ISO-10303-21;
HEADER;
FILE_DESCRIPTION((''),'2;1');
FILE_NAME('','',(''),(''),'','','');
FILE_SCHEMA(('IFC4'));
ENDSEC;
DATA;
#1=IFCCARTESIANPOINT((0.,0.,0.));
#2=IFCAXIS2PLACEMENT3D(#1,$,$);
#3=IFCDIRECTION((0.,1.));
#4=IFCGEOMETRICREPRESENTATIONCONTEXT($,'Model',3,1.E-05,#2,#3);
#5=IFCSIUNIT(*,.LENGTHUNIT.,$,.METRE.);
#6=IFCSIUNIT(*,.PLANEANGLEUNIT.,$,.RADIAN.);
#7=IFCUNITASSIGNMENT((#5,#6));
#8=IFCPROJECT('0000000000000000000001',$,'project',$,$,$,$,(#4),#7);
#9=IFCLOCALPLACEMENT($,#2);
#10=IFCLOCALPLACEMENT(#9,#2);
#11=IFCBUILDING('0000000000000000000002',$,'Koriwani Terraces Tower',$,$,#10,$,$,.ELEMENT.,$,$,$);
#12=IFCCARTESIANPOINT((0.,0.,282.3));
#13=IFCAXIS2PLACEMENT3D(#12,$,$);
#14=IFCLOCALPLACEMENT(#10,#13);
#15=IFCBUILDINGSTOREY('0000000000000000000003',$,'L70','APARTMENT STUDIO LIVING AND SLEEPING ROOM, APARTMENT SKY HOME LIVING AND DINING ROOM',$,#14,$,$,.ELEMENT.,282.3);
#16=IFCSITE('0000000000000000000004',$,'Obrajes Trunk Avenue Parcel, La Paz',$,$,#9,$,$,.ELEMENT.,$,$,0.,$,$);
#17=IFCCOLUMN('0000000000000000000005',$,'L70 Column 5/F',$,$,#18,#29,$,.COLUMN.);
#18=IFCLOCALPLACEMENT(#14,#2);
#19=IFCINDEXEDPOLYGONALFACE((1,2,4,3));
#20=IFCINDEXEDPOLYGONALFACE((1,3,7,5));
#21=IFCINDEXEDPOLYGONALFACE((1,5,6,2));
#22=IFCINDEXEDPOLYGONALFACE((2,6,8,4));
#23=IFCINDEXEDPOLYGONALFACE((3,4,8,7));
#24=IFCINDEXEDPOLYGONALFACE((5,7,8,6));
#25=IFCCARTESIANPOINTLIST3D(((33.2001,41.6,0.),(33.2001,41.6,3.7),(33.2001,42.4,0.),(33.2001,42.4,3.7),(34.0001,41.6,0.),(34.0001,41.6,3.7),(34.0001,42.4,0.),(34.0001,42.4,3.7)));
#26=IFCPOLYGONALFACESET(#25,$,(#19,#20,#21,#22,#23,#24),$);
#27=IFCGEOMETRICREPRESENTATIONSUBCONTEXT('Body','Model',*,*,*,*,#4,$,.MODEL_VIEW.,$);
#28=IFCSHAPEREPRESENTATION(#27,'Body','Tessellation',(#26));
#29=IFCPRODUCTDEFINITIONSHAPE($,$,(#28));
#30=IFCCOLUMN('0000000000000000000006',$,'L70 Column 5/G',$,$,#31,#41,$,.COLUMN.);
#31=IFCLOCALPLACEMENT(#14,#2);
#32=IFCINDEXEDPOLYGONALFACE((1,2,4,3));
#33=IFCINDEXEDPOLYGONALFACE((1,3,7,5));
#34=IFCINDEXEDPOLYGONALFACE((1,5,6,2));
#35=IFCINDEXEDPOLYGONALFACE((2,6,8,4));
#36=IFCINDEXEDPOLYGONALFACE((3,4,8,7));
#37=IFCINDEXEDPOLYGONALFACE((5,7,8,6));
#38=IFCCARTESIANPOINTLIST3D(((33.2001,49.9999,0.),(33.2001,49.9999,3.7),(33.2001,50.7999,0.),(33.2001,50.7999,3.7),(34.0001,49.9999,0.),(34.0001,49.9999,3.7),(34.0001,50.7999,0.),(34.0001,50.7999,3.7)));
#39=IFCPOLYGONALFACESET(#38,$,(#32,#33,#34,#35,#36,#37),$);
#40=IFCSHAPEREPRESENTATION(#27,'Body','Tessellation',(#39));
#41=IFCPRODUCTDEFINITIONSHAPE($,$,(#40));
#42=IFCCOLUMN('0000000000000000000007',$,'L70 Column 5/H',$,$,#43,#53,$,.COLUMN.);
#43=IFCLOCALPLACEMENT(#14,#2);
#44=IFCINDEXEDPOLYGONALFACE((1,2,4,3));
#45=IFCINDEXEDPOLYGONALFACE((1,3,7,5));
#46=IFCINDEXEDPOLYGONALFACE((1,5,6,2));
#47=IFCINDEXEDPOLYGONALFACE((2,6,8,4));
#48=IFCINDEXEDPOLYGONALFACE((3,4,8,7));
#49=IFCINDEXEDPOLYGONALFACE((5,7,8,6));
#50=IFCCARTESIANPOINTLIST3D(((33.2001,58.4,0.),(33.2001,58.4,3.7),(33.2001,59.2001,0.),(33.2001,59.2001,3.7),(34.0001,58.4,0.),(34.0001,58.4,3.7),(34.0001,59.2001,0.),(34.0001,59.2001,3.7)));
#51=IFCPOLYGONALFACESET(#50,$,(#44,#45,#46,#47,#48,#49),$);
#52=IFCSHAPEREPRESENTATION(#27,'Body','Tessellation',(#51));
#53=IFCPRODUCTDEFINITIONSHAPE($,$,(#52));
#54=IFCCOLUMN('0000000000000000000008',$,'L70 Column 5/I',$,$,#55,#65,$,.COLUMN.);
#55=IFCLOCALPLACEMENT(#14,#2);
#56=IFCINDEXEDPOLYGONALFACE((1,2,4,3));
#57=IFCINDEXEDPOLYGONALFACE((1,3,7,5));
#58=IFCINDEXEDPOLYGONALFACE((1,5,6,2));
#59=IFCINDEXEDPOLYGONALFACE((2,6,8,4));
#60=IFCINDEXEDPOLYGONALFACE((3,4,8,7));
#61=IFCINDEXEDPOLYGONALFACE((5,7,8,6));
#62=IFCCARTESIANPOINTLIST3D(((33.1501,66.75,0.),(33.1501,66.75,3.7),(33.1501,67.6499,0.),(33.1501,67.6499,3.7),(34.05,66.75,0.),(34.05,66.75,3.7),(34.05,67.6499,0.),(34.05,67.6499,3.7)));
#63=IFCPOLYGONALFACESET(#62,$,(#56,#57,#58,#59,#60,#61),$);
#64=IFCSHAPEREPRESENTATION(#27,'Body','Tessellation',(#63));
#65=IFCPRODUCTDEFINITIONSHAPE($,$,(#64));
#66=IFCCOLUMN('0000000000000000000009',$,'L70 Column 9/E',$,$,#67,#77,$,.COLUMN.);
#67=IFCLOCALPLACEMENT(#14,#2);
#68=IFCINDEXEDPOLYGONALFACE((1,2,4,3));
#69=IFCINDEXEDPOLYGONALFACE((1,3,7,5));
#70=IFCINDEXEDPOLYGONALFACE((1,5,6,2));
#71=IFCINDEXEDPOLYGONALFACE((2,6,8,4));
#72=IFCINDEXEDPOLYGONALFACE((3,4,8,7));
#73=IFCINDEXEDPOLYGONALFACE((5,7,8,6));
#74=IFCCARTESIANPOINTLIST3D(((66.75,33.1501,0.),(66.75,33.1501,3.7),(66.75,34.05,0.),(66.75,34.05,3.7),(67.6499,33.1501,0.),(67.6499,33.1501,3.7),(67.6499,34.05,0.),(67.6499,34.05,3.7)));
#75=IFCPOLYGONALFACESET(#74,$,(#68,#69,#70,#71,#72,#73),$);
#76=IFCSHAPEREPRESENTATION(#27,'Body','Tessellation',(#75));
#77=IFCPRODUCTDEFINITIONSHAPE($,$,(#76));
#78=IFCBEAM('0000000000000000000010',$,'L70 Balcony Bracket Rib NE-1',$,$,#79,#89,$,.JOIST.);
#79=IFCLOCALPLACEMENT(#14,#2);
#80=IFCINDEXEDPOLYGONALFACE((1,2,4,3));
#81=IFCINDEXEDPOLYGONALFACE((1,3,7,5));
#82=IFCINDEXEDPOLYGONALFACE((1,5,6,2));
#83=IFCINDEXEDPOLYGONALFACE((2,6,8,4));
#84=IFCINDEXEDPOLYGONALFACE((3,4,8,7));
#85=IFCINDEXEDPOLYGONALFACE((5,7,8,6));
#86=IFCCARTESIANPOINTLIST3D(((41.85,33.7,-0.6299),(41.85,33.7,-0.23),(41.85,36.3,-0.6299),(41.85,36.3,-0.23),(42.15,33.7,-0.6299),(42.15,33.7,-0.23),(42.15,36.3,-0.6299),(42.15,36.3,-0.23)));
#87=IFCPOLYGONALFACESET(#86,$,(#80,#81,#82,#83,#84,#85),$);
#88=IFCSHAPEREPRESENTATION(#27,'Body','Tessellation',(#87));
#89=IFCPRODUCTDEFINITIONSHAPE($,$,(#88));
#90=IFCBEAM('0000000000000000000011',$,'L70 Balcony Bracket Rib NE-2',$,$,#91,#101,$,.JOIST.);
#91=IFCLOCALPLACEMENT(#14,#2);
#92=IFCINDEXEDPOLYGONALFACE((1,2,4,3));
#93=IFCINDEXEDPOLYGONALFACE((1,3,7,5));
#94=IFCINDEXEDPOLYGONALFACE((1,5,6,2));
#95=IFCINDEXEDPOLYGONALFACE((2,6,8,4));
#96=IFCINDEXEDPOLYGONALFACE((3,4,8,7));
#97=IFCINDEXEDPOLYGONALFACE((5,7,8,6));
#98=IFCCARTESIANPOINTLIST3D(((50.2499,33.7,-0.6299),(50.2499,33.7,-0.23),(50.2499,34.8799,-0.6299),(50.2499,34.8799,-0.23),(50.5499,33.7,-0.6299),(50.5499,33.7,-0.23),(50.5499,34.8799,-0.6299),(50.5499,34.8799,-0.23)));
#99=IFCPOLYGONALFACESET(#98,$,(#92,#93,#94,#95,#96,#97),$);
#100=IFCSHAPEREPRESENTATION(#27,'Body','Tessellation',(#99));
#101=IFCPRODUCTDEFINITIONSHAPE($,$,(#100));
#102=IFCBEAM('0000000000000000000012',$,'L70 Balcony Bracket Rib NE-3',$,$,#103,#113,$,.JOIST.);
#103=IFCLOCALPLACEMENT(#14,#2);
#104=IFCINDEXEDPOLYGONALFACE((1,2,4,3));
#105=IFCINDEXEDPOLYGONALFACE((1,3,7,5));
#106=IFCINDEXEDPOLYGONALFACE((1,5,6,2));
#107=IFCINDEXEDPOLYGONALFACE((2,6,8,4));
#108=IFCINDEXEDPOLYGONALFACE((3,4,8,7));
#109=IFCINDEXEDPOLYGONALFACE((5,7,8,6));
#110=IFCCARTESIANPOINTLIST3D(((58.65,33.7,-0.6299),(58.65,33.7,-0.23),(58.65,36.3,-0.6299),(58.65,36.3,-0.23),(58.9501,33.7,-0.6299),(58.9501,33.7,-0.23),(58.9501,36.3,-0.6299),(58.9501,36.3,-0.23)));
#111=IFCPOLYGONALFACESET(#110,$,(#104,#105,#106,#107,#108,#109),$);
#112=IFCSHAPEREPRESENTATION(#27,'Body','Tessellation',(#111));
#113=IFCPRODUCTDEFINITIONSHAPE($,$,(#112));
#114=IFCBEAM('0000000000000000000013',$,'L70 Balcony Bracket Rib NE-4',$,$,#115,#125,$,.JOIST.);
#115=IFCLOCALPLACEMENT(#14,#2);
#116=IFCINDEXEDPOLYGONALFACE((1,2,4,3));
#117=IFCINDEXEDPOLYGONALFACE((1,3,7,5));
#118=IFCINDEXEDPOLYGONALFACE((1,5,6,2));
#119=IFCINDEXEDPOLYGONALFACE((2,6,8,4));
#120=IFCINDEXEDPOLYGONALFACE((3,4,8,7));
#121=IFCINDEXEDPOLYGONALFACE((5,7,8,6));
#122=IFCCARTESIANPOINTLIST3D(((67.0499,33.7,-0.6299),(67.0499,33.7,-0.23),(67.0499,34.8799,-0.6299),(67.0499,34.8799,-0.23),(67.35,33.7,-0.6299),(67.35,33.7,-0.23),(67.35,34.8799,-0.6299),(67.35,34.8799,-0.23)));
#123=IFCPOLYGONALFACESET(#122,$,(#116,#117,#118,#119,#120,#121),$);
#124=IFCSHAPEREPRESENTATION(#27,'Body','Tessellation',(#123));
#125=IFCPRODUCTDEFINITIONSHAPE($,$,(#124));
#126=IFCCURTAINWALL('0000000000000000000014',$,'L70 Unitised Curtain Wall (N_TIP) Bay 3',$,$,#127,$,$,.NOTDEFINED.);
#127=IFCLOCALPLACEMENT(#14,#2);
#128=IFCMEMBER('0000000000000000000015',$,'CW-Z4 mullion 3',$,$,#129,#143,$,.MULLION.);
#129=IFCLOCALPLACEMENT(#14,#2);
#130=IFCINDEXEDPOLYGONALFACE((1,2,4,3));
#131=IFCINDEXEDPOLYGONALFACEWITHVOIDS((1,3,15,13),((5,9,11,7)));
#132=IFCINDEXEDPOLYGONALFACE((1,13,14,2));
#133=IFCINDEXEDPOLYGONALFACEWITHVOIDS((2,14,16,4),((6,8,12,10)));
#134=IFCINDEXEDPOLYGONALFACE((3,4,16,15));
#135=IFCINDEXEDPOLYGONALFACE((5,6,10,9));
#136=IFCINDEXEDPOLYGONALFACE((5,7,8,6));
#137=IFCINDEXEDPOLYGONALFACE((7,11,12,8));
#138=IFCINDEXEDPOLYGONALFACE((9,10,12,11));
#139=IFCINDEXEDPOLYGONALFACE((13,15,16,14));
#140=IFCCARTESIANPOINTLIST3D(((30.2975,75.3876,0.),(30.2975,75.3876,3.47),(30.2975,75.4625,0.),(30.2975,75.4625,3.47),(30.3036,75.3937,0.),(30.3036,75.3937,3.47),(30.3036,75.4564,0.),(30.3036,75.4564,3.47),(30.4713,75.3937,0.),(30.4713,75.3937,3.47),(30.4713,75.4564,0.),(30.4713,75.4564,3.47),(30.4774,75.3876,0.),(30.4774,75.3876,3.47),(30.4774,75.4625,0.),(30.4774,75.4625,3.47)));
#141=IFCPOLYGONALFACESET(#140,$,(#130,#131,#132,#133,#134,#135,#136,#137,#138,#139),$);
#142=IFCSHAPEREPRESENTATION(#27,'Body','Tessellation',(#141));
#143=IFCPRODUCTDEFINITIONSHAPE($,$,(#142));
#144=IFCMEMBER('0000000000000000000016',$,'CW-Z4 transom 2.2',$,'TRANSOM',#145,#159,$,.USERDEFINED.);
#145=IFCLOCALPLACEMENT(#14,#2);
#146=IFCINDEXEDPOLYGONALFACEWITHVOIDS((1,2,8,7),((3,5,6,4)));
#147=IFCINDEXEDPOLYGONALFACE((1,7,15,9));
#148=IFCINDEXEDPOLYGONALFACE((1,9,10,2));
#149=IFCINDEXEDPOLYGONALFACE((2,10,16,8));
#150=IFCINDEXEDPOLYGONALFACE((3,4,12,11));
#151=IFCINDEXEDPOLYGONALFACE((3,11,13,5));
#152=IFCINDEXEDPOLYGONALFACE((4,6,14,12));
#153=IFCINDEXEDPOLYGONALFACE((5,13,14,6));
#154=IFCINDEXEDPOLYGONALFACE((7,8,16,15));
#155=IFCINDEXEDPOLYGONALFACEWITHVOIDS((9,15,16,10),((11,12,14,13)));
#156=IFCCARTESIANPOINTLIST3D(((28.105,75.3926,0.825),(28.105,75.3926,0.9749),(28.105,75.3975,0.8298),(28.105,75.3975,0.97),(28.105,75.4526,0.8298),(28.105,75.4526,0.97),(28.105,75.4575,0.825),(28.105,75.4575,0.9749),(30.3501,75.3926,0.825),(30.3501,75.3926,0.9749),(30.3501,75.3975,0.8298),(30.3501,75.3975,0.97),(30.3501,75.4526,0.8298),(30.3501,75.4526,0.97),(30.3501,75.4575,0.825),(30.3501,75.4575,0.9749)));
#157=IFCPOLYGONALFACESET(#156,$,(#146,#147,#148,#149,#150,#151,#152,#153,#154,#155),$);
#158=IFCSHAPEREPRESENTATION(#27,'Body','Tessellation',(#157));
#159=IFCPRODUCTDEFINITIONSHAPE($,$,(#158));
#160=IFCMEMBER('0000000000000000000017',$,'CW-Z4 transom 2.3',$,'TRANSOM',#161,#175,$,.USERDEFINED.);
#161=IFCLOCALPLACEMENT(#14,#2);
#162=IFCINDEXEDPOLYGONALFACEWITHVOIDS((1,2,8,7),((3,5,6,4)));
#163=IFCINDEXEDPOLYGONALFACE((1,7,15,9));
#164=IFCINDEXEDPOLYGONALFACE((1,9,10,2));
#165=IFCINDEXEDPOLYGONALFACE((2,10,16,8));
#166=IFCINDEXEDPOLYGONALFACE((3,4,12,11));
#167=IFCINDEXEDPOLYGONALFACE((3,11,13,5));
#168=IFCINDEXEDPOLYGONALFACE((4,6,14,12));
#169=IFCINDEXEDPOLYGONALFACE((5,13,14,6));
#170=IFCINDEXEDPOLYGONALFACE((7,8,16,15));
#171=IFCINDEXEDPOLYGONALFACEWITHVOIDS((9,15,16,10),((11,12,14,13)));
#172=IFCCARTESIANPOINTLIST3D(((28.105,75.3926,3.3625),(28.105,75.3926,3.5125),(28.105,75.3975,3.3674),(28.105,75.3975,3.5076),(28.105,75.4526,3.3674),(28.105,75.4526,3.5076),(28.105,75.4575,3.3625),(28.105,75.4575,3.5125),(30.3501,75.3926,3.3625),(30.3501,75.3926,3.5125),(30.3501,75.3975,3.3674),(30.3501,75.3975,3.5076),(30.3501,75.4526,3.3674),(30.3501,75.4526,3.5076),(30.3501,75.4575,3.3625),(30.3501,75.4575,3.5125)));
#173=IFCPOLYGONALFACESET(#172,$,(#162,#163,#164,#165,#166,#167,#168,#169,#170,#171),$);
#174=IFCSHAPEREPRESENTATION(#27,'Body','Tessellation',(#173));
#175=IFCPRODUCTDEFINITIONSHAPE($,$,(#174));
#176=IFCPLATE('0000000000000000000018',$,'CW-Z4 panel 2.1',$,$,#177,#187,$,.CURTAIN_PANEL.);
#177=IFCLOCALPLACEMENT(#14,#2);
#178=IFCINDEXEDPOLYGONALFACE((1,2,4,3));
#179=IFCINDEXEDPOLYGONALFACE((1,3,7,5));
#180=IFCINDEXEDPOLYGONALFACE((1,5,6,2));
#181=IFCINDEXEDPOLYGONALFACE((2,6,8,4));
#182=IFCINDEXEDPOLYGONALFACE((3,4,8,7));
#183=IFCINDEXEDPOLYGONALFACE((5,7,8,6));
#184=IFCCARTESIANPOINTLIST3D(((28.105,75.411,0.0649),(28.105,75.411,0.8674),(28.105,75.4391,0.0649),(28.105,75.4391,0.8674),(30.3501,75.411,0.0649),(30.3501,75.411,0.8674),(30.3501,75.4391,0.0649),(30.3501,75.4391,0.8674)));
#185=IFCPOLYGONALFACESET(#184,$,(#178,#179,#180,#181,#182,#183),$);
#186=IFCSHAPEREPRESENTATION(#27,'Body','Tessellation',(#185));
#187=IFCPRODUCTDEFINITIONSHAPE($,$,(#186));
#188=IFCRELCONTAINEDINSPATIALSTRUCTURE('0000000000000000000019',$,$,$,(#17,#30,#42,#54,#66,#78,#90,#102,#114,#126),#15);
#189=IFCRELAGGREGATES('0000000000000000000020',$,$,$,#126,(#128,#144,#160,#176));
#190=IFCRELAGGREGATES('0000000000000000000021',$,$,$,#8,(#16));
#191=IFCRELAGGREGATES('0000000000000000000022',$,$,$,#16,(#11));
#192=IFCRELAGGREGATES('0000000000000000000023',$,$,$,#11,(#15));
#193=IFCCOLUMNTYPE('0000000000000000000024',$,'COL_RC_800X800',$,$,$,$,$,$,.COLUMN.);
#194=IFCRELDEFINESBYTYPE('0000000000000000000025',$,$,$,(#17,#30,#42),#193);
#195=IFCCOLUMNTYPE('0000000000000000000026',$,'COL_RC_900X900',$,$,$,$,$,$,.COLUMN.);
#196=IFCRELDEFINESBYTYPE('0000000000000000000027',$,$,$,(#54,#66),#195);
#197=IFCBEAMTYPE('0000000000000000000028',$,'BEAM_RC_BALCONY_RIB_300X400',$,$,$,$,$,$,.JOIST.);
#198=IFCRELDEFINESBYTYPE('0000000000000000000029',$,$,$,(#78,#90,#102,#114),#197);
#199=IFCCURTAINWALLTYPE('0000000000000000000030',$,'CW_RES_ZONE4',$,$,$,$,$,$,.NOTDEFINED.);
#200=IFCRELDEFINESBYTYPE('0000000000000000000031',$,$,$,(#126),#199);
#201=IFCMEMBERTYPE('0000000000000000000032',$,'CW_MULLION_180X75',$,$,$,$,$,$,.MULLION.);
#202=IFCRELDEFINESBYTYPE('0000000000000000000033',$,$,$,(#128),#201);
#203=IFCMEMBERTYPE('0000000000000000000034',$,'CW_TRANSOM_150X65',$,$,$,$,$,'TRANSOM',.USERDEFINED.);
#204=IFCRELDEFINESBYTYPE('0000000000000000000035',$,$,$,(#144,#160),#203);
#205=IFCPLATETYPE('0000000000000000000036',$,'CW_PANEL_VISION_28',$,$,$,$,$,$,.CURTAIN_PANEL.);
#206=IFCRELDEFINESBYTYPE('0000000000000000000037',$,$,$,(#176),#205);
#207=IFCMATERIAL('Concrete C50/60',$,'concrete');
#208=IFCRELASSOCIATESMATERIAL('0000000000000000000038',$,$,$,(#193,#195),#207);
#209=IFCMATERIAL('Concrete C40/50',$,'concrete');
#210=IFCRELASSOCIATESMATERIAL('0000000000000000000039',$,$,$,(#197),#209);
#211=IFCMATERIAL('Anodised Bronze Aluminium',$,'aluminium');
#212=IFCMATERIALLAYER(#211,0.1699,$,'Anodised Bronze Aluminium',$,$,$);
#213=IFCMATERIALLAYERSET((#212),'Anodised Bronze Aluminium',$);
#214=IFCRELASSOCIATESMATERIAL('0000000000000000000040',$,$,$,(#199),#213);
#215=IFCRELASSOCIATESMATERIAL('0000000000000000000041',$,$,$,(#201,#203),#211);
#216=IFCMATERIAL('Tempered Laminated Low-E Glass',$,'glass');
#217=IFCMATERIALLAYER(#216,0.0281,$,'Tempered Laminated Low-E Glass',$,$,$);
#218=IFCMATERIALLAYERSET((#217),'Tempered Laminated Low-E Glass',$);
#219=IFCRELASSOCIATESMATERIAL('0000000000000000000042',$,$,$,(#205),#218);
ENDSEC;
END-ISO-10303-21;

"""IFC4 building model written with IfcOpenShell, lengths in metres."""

from ifc_helpers import new_model, si_unit, direction, frame, origin, origin_2d, place, context, subcontext, project, spatial, rectangle, hollow_rectangle, extrude, material, layer, layer_set, material_profile, profile_set, type_object, element, aggregate, save


model = new_model("IFC4")

# Units and contexts
model_context = context("Model", 3, precision=1e-05, world=origin(), true_north=direction((0.0, 1.0)))
body_context = subcontext(model_context, "Body", "Model", "MODEL_VIEW")
ifc_project = project(units=[si_unit("LENGTHUNIT", "METRE"), si_unit("PLANEANGLEUNIT", "RADIAN")], contexts=[model_context])

# Site, building, storey
site_placement = place(None, origin())
site = spatial("IfcSite", under=ifc_project, at=site_placement, Name="Obrajes Trunk Avenue Parcel, La Paz", CompositionType="ELEMENT", RefElevation=0.0)
building_placement = place(site_placement, origin())
building = spatial("IfcBuilding", under=site, at=building_placement, Name="Koriwani Terraces Tower", CompositionType="ELEMENT")
storey_placement = place(building_placement, frame((0.0, 0.0, 282.3)))
storey = spatial("IfcBuildingStorey", under=building, at=storey_placement, Name="L70", Description="APARTMENT STUDIO LIVING AND SLEEPING ROOM, APARTMENT SKY HOME LIVING AND DINING ROOM", CompositionType="ELEMENT", Elevation=282.3)

# Columns
ifc_material_1 = material(Name="Concrete C50/60", Category="concrete")
ifc_material_profile_1 = material_profile(ifc_material_1, rectangle(XDim=0.8, YDim=0.8, at=origin_2d()), Name="Concrete C50/60", Category="LoadBearing")
ifc_profile_set_1 = profile_set([ifc_material_profile_1], Name="Concrete C50/60")
column_type_1 = type_object("IfcColumnType", Name="COL_RC_800X800", PredefinedType="COLUMN", material=ifc_profile_set_1)
for number, where, z_axis, x_axis, name in (
    (1, (33.6001, 42.0, 0.0), (0.0, 0.0, 1.0), (1.0, 0.0, 0.0), "L70 Column 5/F"),
    (2, (33.6001, 50.3999, 0.0), (0.0, 0.0, 1.0), (1.0, 0.0, 0.0), "L70 Column 5/G"),
    (3, (33.6001, 58.8, 0.0), (0.0, 0.0, 1.0), (1.0, 0.0, 0.0), "L70 Column 5/H"),
):
    element("IfcColumn", number, at=place(storey_placement, frame(where, z_axis=z_axis, x_axis=x_axis)), inside=storey, type_object=column_type_1, Name=name, PredefinedType="COLUMN", context=body_context, shape_type="SweptSolid", body=[
        extrude(rectangle(XDim=0.8, YDim=0.8, at=origin_2d()), origin(), (0.0, 0.0, 1.0), 3.7),
    ])
ifc_material_profile_2 = material_profile(ifc_material_1, rectangle(XDim=0.8999, YDim=0.8999, at=origin_2d()), Name="Concrete C50/60", Category="LoadBearing")
ifc_profile_set_2 = profile_set([ifc_material_profile_2], Name="Concrete C50/60")
column_type_2 = type_object("IfcColumnType", Name="COL_RC_900X900", PredefinedType="COLUMN", material=ifc_profile_set_2)
for number, where, z_axis, x_axis, name in (
    (4, (33.6001, 67.2, 0.0), (0.0, 0.0, 1.0), (1.0, 0.0, 0.0), "L70 Column 5/I"),
    (5, (67.2, 33.6001, 0.0), (0.0, 0.0, 1.0), (1.0, 0.0, 0.0), "L70 Column 9/E"),
):
    element("IfcColumn", number, at=place(storey_placement, frame(where, z_axis=z_axis, x_axis=x_axis)), inside=storey, type_object=column_type_2, Name=name, PredefinedType="COLUMN", context=body_context, shape_type="SweptSolid", body=[
        extrude(rectangle(XDim=0.8999, YDim=0.8999, at=origin_2d()), origin(), (0.0, 0.0, 1.0), 3.7),
    ])

# Beams
ifc_material_2 = material(Name="Concrete C40/50", Category="concrete")
ifc_material_profile_3 = material_profile(ifc_material_2, rectangle(XDim=0.3, YDim=0.3999, at=origin_2d()), Name="Concrete C40/50", Category="LoadBearing")
ifc_profile_set_3 = profile_set([ifc_material_profile_3], Name="Concrete C40/50")
beam_type = type_object("IfcBeamType", Name="BEAM_RC_BALCONY_RIB_300X400", PredefinedType="JOIST", material=ifc_profile_set_3)
beam_1_placement = place(storey_placement, frame((42.0, 33.7, -0.4299), z_axis=(0.0, 1.0, 0.0), x_axis=(-1.0, 0.0, 0.0)))
element("IfcBeam", 6, at=beam_1_placement, inside=storey, type_object=beam_type, Name="L70 Balcony Bracket Rib NE-1", PredefinedType="JOIST", context=body_context, shape_type="SweptSolid", body=[
    extrude(rectangle(XDim=0.3, YDim=0.3999, at=origin_2d()), origin(), (0.0, 0.0, 1.0), 2.6001),
])
beam_2_placement = place(storey_placement, frame((50.3999, 33.7, -0.4299), z_axis=(0.0, 1.0, 0.0), x_axis=(-1.0, 0.0, 0.0)))
element("IfcBeam", 7, at=beam_2_placement, inside=storey, type_object=beam_type, Name="L70 Balcony Bracket Rib NE-2", PredefinedType="JOIST", context=body_context, shape_type="SweptSolid", body=[
    extrude(rectangle(XDim=0.3, YDim=0.3999, at=origin_2d()), origin(), (0.0, 0.0, 1.0), 1.1799),
])
beam_3_placement = place(storey_placement, frame((58.8, 33.7, -0.4299), z_axis=(0.0, 1.0, 0.0), x_axis=(-1.0, 0.0, 0.0)))
element("IfcBeam", 8, at=beam_3_placement, inside=storey, type_object=beam_type, Name="L70 Balcony Bracket Rib NE-3", PredefinedType="JOIST", context=body_context, shape_type="SweptSolid", body=[
    extrude(rectangle(XDim=0.3, YDim=0.3999, at=origin_2d()), origin(), (0.0, 0.0, 1.0), 2.6001),
])
beam_4_placement = place(storey_placement, frame((67.2, 33.7, -0.4299), z_axis=(0.0, 1.0, 0.0), x_axis=(-1.0, 0.0, 0.0)))
element("IfcBeam", 9, at=beam_4_placement, inside=storey, type_object=beam_type, Name="L70 Balcony Bracket Rib NE-4", PredefinedType="JOIST", context=body_context, shape_type="SweptSolid", body=[
    extrude(rectangle(XDim=0.3, YDim=0.3999, at=origin_2d()), origin(), (0.0, 0.0, 1.0), 1.1799),
])

# Curtain wall, members, plate
ifc_material_3 = material(Name="Anodised Bronze Aluminium", Category="aluminium")
ifc_layer_1 = layer(ifc_material_3, 0.1699, Name="Anodised Bronze Aluminium")
ifc_layer_set_1 = layer_set([ifc_layer_1], Name="Anodised Bronze Aluminium")
curtain_wall_type = type_object("IfcCurtainWallType", Name="CW_RES_ZONE4", PredefinedType="NOTDEFINED", material=ifc_layer_set_1)
curtain_wall_placement = place(storey_placement, origin())
curtain_wall = element("IfcCurtainWall", 10, at=curtain_wall_placement, inside=storey, type_object=curtain_wall_type, Name="L70 Unitised Curtain Wall (N_TIP) Bay 3", PredefinedType="NOTDEFINED")
ifc_material_profile_4 = material_profile(ifc_material_3, hollow_rectangle(XDim=0.075, YDim=0.1799, WallThickness=0.0061, at=origin_2d()), Name="Anodised Bronze Aluminium", Category="LoadBearing")
ifc_profile_set_4 = profile_set([ifc_material_profile_4], Name="Anodised Bronze Aluminium")
member_type_1 = type_object("IfcMemberType", Name="CW_MULLION_180X75", PredefinedType="MULLION", material=ifc_profile_set_4)
member_1_placement = place(storey_placement, frame((30.3875, 75.425, 0.0), z_axis=(0.0, 0.0, 1.0), x_axis=(0.0, 1.0, 0.0)))
member_1 = element("IfcMember", 11, at=member_1_placement, type_object=member_type_1, Name="CW-Z4 mullion 3", PredefinedType="MULLION", context=body_context, shape_type="SweptSolid", body=[
    extrude(hollow_rectangle(XDim=0.075, YDim=0.1799, WallThickness=0.0061, at=origin_2d()), origin(), (0.0, 0.0, 1.0), 3.47),
])
ifc_material_profile_5 = material_profile(ifc_material_3, hollow_rectangle(XDim=0.0649, YDim=0.1499, WallThickness=0.0049, at=origin_2d()), Name="Anodised Bronze Aluminium", Category="LoadBearing")
ifc_profile_set_5 = profile_set([ifc_material_profile_5], Name="Anodised Bronze Aluminium")
member_type_2 = type_object("IfcMemberType", Name="CW_TRANSOM_150X65", ElementType="TRANSOM", PredefinedType="USERDEFINED", material=ifc_profile_set_5)
member_2_placement = place(storey_placement, frame((28.105, 75.425, 0.8999), z_axis=(1.0, 0.0, 0.0), x_axis=(0.0, 1.0, 0.0)))
member_2 = element("IfcMember", 12, at=member_2_placement, type_object=member_type_2, Name="CW-Z4 transom 2.2", ObjectType="TRANSOM", PredefinedType="USERDEFINED", context=body_context, shape_type="SweptSolid", body=[
    extrude(hollow_rectangle(XDim=0.0649, YDim=0.1499, WallThickness=0.0049, at=origin_2d()), origin(), (0.0, 0.0, 1.0), 2.2451),
])
member_3_placement = place(storey_placement, frame((28.105, 75.425, 3.4375), z_axis=(1.0, 0.0, 0.0), x_axis=(0.0, 1.0, 0.0)))
member_3 = element("IfcMember", 13, at=member_3_placement, type_object=member_type_2, Name="CW-Z4 transom 2.3", ObjectType="TRANSOM", PredefinedType="USERDEFINED", context=body_context, shape_type="SweptSolid", body=[
    extrude(hollow_rectangle(XDim=0.0649, YDim=0.1499, WallThickness=0.0049, at=origin_2d()), origin(), (0.0, 0.0, 1.0), 2.2451),
])
ifc_material_4 = material(Name="Tempered Laminated Low-E Glass", Category="glass")
ifc_layer_2 = layer(ifc_material_4, 0.0281, Name="Tempered Laminated Low-E Glass")
ifc_layer_set_2 = layer_set([ifc_layer_2], Name="Tempered Laminated Low-E Glass")
plate_type = type_object("IfcPlateType", Name="CW_PANEL_VISION_28", PredefinedType="CURTAIN_PANEL", material=ifc_layer_set_2)
plate_1_placement = place(storey_placement, frame((29.2275, 75.425, 0.0649), z_axis=(0.0, 0.0, 1.0), x_axis=(1.0, 0.0, 0.0)))
plate_1 = element("IfcPlate", 14, at=plate_1_placement, type_object=plate_type, Name="CW-Z4 panel 2.1", PredefinedType="CURTAIN_PANEL", context=body_context, shape_type="SweptSolid", body=[
    extrude(rectangle(XDim=2.2451, YDim=0.0281, at=origin_2d()), origin(), (0.0, 0.0, 1.0), 0.8025),
])
aggregate(curtain_wall, [member_1, member_2, member_3, plate_1])

save(model, "model.ifc")
